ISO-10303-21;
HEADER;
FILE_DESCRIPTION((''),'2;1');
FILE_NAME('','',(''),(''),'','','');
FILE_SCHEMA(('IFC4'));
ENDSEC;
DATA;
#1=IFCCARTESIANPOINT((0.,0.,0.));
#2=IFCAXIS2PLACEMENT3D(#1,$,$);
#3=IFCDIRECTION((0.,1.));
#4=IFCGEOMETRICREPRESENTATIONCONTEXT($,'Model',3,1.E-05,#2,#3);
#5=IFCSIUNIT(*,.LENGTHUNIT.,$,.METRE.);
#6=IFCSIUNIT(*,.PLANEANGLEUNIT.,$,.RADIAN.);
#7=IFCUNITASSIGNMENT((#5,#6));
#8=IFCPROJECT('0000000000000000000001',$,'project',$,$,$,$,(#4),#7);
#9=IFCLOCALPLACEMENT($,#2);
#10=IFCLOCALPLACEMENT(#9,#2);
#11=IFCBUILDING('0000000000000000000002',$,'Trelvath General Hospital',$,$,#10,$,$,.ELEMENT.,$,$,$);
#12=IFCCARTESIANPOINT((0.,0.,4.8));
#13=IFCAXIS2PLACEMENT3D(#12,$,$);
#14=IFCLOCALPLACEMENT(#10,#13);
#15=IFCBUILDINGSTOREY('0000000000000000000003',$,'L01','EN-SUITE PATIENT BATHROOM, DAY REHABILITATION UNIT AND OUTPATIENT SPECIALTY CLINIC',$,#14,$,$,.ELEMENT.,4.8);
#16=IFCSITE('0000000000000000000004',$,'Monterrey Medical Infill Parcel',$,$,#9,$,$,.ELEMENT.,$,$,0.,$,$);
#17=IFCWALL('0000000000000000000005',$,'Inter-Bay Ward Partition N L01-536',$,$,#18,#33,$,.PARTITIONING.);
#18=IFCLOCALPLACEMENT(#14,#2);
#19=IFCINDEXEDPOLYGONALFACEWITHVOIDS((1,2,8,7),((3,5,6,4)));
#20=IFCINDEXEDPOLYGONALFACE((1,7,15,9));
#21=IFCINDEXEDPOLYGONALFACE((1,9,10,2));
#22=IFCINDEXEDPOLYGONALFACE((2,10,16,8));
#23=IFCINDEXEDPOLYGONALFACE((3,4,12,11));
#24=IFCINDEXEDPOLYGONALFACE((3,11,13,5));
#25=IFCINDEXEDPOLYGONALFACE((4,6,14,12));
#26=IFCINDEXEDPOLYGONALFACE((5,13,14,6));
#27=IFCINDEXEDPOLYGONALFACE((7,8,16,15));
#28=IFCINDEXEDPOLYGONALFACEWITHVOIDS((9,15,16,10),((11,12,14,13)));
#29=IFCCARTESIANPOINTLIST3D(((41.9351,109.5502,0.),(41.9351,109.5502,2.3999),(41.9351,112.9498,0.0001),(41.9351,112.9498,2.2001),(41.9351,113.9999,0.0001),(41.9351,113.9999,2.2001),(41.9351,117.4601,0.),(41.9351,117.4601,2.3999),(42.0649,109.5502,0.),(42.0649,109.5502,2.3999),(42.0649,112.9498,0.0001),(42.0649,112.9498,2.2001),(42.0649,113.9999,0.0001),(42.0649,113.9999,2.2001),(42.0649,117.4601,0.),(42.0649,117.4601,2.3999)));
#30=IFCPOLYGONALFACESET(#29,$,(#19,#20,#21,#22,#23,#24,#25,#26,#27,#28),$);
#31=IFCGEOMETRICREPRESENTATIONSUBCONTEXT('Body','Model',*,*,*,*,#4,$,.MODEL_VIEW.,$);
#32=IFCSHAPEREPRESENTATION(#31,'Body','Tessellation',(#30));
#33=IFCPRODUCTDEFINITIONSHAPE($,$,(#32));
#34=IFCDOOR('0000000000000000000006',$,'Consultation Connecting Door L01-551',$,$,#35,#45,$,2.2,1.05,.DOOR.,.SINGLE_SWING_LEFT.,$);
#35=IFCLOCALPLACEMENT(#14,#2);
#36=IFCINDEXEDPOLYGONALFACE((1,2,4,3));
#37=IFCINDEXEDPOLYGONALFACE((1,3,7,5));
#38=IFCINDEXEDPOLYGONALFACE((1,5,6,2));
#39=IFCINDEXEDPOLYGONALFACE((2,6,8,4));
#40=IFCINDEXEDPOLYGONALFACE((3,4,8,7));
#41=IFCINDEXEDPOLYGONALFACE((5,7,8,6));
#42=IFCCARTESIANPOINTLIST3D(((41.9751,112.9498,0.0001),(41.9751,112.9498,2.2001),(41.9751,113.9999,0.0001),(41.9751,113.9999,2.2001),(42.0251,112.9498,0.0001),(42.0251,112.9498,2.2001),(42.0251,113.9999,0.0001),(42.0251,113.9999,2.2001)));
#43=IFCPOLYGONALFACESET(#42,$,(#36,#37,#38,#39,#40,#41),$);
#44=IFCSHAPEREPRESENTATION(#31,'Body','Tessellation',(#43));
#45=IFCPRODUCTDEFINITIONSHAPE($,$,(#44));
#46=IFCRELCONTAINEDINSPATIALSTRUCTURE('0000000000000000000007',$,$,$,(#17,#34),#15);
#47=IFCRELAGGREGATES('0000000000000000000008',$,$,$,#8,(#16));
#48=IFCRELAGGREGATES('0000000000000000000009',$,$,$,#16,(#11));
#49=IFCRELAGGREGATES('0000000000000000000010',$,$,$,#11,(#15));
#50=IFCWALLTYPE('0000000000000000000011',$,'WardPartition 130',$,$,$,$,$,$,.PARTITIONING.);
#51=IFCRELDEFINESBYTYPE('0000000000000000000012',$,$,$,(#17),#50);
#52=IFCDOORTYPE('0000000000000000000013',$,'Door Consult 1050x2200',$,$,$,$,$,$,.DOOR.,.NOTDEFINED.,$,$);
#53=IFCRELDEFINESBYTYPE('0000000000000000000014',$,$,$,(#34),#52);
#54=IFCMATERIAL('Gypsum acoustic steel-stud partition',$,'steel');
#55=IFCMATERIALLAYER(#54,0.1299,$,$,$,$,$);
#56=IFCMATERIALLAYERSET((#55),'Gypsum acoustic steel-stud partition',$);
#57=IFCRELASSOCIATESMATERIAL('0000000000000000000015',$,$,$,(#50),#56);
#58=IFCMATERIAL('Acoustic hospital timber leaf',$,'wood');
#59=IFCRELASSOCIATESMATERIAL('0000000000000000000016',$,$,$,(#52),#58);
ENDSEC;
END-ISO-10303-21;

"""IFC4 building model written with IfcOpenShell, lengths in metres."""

from ifc_helpers import new_model, si_unit, direction, frame, frame_2d, origin, place, context, subcontext, project, spatial, rectangle, extrude, material, layer, layer_set, type_object, element, fill, save


model = new_model("IFC4")

# Units and contexts
model_context = context("Model", 3, precision=1e-05, world=origin(), true_north=direction((0.0, 1.0)))
body_context = subcontext(model_context, "Body", "Model", "MODEL_VIEW")
ifc_project = project(units=[si_unit("LENGTHUNIT", "METRE"), si_unit("PLANEANGLEUNIT", "RADIAN")], contexts=[model_context])

# Site, building, storey
site_placement = place(None, origin())
site = spatial("IfcSite", under=ifc_project, at=site_placement, Name="Monterrey Medical Infill Parcel", CompositionType="ELEMENT", RefElevation=0.0)
building_placement = place(site_placement, origin())
building = spatial("IfcBuilding", under=site, at=building_placement, Name="Trelvath General Hospital", CompositionType="ELEMENT")
storey_placement = place(building_placement, frame((0.0, 0.0, 4.8)))
storey = spatial("IfcBuildingStorey", under=building, at=storey_placement, Name="L01", Description="EN-SUITE PATIENT BATHROOM, DAY REHABILITATION UNIT AND OUTPATIENT SPECIALTY CLINIC", CompositionType="ELEMENT", Elevation=4.8)

# Wall, opening, door
ifc_material_1 = material(Name="Gypsum acoustic steel-stud partition", Category="steel")
ifc_layer_1 = layer(ifc_material_1, 0.1299)
ifc_layer_set_1 = layer_set([ifc_layer_1], Name="Gypsum acoustic steel-stud partition")
wall_type_1 = type_object("IfcWallType", Name="WardPartition 130", PredefinedType="PARTITIONING", material=ifc_layer_set_1)
wall_1_placement = place(storey_placement, frame((42.0, 109.55, 0.0), z_axis=(0.0, 0.0, 1.0), x_axis=(0.0, 1.0, 0.0)))
wall_1 = element("IfcWall", 1, at=wall_1_placement, inside=storey, type_object=wall_type_1, Name="Inter-Bay Ward Partition N L01-536", PredefinedType="PARTITIONING", context=body_context, shape_type="SweptSolid", body=[
    extrude(rectangle(XDim=7.9099, YDim=0.1299, at=frame_2d((3.9551, 0.0))), origin(), (0.0, 0.0, 1.0), 2.3999),
])
opening_1_placement = place(wall_1_placement, frame((3.3999, 0.0, 0.0)))
opening_1 = element("IfcOpeningElement", 2, at=opening_1_placement, cuts=wall_1, PredefinedType="OPENING", context=body_context, shape_type="SweptSolid", body=[
    extrude(rectangle(XDim=1.05, YDim=2.2, at=frame_2d((0.5249, 1.1001))), frame((0.0, 0.075, 0.0), z_axis=(0.0, -1.0, 0.0), x_axis=(1.0, 0.0, 0.0)), (0.0, 0.0, 1.0), 0.1499),
])
ifc_material_2 = material(Name="Acoustic hospital timber leaf", Category="wood")
door_type = type_object("IfcDoorType", Name="Door Consult 1050x2200", OperationType="NOTDEFINED", PredefinedType="DOOR", material=ifc_material_2)
door_placement = place(opening_1_placement, origin())
door = element("IfcDoor", 3, at=door_placement, inside=storey, type_object=door_type, Name="Consultation Connecting Door L01-551", OperationType="SINGLE_SWING_LEFT", OverallHeight=2.2, OverallWidth=1.05, PredefinedType="DOOR", context=body_context, shape_type="SweptSolid", body=[
    extrude(rectangle(XDim=1.05, YDim=2.2, at=frame_2d((0.5249, 1.1001))), frame((0.0, 0.0249, 0.0), z_axis=(0.0, -1.0, 0.0), x_axis=(1.0, 0.0, 0.0)), (0.0, 0.0, 1.0), 0.05),
])
fill(opening_1, door)

save(model, "model.ifc")
